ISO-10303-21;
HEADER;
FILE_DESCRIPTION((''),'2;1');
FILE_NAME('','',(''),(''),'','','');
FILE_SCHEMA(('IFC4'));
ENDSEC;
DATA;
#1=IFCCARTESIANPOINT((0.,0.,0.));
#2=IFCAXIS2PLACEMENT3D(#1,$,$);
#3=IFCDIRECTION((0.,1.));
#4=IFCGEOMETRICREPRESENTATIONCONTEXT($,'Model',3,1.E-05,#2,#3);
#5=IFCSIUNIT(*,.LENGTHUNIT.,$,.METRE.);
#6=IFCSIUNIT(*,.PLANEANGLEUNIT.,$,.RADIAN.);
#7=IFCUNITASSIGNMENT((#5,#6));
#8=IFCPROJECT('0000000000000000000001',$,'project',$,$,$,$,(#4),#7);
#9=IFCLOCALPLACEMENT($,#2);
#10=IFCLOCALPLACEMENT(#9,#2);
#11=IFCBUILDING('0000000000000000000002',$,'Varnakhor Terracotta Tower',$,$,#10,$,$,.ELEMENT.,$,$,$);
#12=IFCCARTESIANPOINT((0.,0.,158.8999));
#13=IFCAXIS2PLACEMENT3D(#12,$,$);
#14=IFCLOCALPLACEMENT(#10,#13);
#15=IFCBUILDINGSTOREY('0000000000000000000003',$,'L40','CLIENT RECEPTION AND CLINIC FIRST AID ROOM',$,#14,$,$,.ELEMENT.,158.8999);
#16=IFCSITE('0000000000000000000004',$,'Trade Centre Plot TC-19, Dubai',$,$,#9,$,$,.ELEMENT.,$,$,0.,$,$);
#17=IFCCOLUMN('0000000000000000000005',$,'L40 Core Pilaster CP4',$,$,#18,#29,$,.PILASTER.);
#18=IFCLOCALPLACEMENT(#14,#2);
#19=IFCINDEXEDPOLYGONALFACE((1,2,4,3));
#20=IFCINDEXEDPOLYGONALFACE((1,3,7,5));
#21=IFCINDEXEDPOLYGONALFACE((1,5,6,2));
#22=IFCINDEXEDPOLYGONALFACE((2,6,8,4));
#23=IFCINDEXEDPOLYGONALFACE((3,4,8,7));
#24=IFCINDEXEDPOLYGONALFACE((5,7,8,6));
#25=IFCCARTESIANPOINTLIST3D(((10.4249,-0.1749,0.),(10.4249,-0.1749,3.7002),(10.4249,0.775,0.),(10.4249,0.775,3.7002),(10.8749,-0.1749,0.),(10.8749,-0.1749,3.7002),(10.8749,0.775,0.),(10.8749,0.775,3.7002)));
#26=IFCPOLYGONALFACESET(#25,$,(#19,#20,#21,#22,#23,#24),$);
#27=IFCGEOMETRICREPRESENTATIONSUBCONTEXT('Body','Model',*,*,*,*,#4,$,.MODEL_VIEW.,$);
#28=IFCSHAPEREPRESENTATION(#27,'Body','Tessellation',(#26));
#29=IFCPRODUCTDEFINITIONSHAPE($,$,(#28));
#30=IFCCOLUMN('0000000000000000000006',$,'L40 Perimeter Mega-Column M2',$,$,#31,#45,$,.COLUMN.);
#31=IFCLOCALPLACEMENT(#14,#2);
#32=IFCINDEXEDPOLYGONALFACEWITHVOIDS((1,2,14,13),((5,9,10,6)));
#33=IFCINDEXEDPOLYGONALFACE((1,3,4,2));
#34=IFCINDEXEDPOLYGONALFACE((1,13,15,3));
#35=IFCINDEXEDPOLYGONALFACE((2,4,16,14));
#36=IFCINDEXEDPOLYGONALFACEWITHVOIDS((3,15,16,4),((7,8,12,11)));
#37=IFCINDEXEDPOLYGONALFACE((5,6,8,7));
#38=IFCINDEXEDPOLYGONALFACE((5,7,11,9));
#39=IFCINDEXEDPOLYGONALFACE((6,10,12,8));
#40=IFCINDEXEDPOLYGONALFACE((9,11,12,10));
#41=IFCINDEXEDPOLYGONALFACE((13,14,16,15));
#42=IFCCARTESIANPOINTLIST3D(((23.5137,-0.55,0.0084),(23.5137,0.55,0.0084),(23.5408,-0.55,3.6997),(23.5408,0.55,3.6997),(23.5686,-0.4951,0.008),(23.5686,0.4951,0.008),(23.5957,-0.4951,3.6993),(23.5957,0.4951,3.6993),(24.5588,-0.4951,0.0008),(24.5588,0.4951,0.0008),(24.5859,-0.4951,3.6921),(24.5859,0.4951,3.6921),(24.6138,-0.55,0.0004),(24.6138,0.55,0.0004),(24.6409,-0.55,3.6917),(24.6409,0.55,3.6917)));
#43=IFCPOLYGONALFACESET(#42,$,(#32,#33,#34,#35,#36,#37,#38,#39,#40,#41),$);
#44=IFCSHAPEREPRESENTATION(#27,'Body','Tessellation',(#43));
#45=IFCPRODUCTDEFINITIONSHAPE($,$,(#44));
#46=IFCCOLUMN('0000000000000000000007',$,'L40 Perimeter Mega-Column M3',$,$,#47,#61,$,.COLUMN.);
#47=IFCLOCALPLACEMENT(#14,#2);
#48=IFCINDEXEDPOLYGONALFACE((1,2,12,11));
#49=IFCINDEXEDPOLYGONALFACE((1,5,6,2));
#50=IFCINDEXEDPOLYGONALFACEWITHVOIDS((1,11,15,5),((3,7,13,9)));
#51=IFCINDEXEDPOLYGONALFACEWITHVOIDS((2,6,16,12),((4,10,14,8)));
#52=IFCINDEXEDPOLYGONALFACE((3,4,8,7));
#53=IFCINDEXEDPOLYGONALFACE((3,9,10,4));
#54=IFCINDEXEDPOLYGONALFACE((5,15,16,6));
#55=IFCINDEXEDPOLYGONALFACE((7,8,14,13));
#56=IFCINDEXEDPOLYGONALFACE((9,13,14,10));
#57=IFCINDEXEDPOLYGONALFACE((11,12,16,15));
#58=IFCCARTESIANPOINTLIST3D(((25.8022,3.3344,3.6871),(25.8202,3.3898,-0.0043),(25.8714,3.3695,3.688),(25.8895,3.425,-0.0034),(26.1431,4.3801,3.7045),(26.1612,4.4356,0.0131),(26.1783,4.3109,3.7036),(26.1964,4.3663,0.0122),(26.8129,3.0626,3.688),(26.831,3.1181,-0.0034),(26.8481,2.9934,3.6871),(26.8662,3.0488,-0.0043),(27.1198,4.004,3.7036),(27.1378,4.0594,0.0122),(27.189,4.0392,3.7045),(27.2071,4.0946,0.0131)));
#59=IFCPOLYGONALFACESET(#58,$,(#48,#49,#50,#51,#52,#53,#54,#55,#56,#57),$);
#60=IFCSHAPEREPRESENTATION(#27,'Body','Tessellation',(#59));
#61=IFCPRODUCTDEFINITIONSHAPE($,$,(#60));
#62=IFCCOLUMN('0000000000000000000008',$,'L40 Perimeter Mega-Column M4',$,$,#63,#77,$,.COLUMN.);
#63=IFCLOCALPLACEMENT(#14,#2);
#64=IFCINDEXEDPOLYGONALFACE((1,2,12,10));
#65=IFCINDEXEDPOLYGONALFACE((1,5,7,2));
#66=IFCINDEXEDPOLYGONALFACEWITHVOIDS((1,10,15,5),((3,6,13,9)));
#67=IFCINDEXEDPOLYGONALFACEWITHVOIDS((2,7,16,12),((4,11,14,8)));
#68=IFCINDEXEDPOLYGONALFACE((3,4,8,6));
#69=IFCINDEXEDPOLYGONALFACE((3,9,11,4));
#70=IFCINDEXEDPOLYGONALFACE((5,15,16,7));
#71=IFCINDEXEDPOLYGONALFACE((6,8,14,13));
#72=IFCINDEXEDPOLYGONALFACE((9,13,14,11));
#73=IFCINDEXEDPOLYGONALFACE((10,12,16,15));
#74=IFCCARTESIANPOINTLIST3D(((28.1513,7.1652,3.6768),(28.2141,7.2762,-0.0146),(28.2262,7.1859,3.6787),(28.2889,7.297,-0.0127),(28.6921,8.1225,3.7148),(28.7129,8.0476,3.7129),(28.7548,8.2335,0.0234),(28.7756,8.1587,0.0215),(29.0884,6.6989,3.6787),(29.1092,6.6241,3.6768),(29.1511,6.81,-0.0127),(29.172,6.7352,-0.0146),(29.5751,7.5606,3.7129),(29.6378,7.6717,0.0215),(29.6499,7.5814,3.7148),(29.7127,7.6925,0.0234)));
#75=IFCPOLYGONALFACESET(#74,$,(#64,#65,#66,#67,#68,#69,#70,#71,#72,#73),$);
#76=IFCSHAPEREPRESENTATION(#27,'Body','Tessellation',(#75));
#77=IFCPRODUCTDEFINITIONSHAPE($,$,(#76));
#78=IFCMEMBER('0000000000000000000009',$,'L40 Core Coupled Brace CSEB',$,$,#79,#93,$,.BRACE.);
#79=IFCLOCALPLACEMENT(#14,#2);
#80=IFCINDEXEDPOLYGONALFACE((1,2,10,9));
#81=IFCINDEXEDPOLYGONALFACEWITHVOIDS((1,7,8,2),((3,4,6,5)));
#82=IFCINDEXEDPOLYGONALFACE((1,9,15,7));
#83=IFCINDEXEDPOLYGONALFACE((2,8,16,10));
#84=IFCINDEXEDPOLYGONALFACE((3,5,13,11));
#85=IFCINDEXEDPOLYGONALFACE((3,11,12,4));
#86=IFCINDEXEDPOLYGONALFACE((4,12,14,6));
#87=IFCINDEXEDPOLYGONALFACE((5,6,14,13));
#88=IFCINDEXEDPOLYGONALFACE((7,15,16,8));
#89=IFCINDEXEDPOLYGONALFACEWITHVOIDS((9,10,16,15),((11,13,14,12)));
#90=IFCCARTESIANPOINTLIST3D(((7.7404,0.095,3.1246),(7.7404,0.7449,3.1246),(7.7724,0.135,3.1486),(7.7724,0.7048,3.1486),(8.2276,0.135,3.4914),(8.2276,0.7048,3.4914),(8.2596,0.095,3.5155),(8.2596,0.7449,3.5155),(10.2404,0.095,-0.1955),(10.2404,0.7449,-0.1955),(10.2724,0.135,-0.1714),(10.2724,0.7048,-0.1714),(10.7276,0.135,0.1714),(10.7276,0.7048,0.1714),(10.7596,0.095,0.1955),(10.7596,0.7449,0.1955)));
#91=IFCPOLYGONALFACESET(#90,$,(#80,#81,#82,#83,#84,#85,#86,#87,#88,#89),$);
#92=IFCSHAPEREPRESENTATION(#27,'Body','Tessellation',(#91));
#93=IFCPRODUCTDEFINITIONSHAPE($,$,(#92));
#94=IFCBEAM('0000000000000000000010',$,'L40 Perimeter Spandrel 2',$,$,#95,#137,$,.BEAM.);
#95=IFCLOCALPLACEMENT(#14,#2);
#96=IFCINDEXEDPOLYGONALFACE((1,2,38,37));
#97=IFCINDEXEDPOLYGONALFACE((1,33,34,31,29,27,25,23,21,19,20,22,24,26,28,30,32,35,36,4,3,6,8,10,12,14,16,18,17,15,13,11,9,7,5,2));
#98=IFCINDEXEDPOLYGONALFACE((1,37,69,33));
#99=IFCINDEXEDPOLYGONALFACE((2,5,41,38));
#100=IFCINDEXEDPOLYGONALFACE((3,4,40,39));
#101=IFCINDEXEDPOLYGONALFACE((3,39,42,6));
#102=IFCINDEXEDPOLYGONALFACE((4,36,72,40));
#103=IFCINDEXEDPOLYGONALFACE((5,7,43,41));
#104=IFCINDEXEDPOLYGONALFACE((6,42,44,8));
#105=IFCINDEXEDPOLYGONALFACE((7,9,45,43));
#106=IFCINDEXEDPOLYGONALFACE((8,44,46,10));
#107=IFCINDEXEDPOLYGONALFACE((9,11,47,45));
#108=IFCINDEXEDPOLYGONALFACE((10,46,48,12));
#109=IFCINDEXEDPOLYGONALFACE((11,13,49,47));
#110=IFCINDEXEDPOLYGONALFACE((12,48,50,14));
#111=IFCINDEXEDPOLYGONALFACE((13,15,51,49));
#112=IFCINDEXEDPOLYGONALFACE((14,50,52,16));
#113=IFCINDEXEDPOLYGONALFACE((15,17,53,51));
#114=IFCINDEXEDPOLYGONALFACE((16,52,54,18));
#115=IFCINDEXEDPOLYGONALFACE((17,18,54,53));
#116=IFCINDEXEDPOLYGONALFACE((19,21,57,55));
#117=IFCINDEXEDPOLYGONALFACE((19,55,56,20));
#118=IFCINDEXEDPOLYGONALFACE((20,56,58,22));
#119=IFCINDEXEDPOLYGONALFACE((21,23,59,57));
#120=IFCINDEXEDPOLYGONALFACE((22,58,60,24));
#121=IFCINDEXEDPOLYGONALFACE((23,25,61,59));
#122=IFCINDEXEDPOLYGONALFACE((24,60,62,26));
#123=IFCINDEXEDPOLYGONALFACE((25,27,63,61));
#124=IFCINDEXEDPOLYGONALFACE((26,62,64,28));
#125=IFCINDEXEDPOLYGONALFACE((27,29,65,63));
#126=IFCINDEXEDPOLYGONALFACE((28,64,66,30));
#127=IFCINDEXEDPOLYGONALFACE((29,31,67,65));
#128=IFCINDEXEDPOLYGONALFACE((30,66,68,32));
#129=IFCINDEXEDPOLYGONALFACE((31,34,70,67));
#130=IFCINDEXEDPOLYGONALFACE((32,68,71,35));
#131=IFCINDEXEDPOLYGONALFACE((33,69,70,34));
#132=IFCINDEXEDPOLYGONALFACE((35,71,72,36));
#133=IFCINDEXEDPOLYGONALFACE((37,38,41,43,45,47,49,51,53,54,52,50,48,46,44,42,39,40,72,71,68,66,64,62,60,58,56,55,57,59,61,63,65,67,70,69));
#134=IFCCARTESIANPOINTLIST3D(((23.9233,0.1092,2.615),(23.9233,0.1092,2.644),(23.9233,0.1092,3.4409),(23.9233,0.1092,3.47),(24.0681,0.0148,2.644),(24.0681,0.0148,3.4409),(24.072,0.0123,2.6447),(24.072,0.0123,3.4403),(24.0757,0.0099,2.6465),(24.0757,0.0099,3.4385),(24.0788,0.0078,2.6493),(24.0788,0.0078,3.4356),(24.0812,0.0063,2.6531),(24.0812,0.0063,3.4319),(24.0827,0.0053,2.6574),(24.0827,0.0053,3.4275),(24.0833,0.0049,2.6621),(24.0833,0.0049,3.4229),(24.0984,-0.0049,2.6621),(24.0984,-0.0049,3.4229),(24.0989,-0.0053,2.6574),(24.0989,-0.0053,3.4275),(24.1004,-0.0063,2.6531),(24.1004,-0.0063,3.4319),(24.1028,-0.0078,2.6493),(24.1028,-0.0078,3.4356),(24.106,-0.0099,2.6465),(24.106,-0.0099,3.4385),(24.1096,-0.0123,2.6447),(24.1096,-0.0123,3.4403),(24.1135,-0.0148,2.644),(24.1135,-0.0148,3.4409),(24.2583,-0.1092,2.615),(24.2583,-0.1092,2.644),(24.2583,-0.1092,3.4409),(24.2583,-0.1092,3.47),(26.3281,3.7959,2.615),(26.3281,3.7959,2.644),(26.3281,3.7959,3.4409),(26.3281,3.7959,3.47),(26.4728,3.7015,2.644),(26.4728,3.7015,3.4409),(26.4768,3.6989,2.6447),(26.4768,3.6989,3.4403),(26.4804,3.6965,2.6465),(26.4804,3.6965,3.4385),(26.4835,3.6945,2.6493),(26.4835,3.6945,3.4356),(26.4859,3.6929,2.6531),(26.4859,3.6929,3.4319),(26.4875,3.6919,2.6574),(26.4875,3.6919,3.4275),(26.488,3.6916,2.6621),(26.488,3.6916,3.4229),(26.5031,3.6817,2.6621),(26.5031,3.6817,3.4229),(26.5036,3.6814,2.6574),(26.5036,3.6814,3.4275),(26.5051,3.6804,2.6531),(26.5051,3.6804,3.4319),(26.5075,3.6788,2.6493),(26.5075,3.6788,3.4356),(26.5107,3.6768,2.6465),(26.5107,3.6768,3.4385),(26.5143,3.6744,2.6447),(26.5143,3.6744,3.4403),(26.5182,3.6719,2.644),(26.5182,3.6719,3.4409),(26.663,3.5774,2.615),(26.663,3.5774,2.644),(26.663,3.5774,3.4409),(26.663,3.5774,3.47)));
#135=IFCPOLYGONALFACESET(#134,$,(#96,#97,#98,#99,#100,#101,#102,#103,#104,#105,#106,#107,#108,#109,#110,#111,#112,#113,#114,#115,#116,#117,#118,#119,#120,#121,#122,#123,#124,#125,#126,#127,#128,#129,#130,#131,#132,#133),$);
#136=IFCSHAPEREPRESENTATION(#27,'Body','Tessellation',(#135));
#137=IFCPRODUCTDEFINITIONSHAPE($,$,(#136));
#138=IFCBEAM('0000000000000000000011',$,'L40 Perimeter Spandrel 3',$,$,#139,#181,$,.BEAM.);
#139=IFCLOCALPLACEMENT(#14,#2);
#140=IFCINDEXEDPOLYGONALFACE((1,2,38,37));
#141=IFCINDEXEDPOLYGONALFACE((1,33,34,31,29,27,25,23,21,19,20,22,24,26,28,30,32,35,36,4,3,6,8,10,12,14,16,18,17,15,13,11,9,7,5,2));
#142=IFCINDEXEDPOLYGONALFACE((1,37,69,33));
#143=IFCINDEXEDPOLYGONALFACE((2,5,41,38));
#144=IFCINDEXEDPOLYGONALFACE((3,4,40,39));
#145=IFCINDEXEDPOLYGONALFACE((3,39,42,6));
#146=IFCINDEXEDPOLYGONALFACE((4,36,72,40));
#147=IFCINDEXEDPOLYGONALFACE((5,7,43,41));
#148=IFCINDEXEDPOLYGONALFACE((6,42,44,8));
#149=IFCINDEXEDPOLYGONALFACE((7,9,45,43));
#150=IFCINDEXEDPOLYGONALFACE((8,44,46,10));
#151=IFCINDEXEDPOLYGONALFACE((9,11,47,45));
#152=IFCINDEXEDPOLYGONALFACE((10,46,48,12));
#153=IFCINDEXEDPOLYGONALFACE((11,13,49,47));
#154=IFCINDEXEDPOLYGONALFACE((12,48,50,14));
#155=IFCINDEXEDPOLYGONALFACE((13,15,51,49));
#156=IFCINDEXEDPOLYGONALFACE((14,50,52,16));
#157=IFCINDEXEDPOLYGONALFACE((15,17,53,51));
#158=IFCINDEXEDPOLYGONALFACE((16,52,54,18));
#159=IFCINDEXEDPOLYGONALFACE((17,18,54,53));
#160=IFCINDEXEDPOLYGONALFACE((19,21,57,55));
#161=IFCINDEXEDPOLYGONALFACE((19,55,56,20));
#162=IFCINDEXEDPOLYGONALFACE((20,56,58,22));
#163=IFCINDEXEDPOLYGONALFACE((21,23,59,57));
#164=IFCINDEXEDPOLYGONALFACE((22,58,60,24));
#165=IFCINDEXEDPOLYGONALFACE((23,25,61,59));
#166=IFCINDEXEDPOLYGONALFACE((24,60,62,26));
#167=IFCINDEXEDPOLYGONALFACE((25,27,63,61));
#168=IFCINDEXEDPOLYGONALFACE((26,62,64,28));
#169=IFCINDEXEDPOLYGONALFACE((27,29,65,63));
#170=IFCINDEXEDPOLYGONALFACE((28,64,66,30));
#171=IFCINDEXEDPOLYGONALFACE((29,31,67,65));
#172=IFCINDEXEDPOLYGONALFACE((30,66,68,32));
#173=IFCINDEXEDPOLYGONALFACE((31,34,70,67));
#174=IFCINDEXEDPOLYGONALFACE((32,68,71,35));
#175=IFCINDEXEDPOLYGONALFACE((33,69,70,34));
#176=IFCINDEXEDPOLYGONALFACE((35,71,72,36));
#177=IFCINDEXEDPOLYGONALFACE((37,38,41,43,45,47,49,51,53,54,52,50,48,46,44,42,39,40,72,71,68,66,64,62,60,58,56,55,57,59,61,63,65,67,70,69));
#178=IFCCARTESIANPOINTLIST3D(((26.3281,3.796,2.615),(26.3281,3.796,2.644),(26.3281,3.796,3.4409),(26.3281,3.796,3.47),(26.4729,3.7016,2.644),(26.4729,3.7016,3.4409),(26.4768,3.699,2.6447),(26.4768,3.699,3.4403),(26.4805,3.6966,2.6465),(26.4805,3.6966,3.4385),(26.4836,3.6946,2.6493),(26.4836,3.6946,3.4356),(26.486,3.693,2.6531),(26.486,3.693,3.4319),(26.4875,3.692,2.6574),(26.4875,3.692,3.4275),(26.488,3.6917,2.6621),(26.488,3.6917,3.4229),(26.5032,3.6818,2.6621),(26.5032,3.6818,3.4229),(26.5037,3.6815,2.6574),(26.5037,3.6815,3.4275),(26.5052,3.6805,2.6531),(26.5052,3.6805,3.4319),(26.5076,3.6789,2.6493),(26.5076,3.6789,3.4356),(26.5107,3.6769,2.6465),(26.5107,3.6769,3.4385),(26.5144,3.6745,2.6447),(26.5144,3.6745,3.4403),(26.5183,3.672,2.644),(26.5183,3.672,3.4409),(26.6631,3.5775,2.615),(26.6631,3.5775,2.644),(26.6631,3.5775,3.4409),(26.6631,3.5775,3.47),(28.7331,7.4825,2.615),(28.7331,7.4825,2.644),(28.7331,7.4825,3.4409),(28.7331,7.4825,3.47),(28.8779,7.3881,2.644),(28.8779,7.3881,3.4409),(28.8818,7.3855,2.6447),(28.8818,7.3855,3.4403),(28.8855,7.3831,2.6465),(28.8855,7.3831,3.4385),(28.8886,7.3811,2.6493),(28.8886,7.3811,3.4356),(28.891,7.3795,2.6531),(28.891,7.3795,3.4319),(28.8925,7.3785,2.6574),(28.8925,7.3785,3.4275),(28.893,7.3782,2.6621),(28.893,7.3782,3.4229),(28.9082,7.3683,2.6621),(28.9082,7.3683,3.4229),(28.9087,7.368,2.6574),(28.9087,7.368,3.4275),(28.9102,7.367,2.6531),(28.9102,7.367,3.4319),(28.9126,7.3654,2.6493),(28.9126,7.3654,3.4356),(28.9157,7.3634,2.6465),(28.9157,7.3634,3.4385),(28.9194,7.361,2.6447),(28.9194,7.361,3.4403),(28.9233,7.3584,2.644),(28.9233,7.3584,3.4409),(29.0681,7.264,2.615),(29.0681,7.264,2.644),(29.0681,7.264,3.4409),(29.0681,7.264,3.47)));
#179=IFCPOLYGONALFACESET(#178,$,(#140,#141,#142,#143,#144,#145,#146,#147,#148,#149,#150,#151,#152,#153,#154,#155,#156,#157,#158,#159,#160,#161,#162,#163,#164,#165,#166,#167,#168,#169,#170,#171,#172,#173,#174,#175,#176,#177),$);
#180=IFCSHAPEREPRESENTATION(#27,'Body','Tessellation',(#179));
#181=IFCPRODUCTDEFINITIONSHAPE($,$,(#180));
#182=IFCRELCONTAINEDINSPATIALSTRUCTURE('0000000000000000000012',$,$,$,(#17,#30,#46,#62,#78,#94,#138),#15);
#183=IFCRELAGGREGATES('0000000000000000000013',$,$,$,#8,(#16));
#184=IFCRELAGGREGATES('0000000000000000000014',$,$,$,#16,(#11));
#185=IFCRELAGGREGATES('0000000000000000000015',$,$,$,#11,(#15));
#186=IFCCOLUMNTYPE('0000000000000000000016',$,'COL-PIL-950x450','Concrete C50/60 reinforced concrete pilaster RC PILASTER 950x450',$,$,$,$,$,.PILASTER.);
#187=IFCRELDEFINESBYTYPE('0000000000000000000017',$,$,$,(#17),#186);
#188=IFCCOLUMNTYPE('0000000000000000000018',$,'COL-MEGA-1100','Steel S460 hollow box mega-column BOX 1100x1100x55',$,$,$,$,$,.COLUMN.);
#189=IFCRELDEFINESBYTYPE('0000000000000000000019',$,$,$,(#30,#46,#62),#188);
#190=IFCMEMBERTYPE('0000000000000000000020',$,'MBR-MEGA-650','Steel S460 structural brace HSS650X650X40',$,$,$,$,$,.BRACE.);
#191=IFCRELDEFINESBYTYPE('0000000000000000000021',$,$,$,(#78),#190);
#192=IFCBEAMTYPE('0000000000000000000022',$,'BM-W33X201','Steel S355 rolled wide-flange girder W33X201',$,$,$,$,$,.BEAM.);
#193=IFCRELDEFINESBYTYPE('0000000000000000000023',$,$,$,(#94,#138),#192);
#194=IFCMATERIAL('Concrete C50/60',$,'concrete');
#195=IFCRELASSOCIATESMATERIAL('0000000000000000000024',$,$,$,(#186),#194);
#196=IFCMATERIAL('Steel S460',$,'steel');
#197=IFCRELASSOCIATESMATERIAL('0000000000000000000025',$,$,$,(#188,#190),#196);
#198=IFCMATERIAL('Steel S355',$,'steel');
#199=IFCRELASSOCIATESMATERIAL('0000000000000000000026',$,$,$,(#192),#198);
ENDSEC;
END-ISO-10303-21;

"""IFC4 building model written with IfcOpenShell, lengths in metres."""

from ifc_helpers import new_model, si_unit, direction, frame, origin, origin_2d, place, context, subcontext, project, spatial, rectangle, hollow_rectangle, i_section, extrude, source, transform, mapped, material, material_profile, profile_set, type_object, element, save


model = new_model("IFC4")

# Units and contexts
model_context = context("Model", 3, precision=1e-05, world=origin(), true_north=direction((0.0, 1.0)))
body_context = subcontext(model_context, "Body", "Model", "MODEL_VIEW")
ifc_project = project(units=[si_unit("LENGTHUNIT", "METRE"), si_unit("PLANEANGLEUNIT", "RADIAN")], contexts=[model_context])

# Site, building, storey
site_placement = place(None, origin())
site = spatial("IfcSite", under=ifc_project, at=site_placement, Name="Trade Centre Plot TC-19, Dubai", CompositionType="ELEMENT", RefElevation=0.0)
building_placement = place(site_placement, origin())
building = spatial("IfcBuilding", under=site, at=building_placement, Name="Varnakhor Terracotta Tower", CompositionType="ELEMENT")
storey_placement = place(building_placement, frame((0.0, 0.0, 158.8999)))
storey = spatial("IfcBuildingStorey", under=building, at=storey_placement, Name="L40", Description="CLIENT RECEPTION AND CLINIC FIRST AID ROOM", CompositionType="ELEMENT", Elevation=158.8999)

# Columns
ifc_material_1 = material(Name="Concrete C50/60", Category="concrete")
ifc_material_profile_1 = material_profile(ifc_material_1, rectangle(XDim=0.45, YDim=0.95, at=origin_2d()), Name="RC PILASTER 950x450")
ifc_profile_set_1 = profile_set([ifc_material_profile_1], Name="Concrete C50/60")
column_type_1 = type_object("IfcColumnType", Name="COL-PIL-950x450", Description="Concrete C50/60 reinforced concrete pilaster RC PILASTER 950x450", PredefinedType="PILASTER", material=ifc_profile_set_1)
shared_shape_1 = source(origin(), body_context, "Body", "SweptSolid", [
    extrude(rectangle(XDim=0.45, YDim=0.95, at=origin_2d()), origin(), (0.0, 0.0, 1.0), 3.7002),
])
column_1_placement = place(storey_placement, frame((10.6499, 0.3, 0.0), z_axis=(0.0, 0.0, 1.0), x_axis=(1.0, 0.0, 0.0)))
element("IfcColumn", 1, at=column_1_placement, inside=storey, type_object=column_type_1, Name="L40 Core Pilaster CP4", PredefinedType="PILASTER", context=body_context, shape_type="MappedRepresentation", body=[
    mapped(shared_shape_1, transform((0.0, 0.0, 0.0), scale=1.0)),
])
ifc_material_2 = material(Name="Steel S460", Category="steel")
ifc_material_profile_2 = material_profile(ifc_material_2, hollow_rectangle(XDim=1.1001, YDim=1.1001, WallThickness=0.0549, at=origin_2d()), Name="BOX 1100x1100x55")
ifc_profile_set_2 = profile_set([ifc_material_profile_2], Name="Steel S460")
column_type_2 = type_object("IfcColumnType", Name="COL-MEGA-1100", Description="Steel S460 hollow box mega-column BOX 1100x1100x55", PredefinedType="COLUMN", material=ifc_profile_set_2)
shared_shape_2 = source(origin(), body_context, "Body", "SweptSolid", [
    extrude(hollow_rectangle(XDim=1.1001, YDim=1.1001, WallThickness=0.0549, at=origin_2d()), origin(), (0.0, 0.0, 1.0), 3.6914),
])
column_2_placement = place(storey_placement, frame((24.0637, 0.0, 0.0044), z_axis=(0.007341, 0.0, 0.999973), x_axis=(0.0, 1.0, 0.0)))
element("IfcColumn", 2, at=column_2_placement, inside=storey, type_object=column_type_2, Name="L40 Perimeter Mega-Column M2", PredefinedType="COLUMN", context=body_context, shape_type="MappedRepresentation", body=[
    mapped(shared_shape_2, transform((0.0, 0.0, 0.0), scale=1.0)),
])
shared_shape_3 = source(origin(), body_context, "Body", "SweptSolid", [
    extrude(hollow_rectangle(XDim=1.1001, YDim=1.1001, WallThickness=0.0549, at=origin_2d()), origin(), (0.0, 0.0, 1.0), 3.6919),
])
column_3_placement = place(storey_placement, frame((26.5137, 3.7422, 0.0044), z_axis=(-0.004894, -0.015011, 0.999875), x_axis=(0.950757, -0.309938, 0.0)))
element("IfcColumn", 3, at=column_3_placement, inside=storey, type_object=column_type_2, Name="L40 Perimeter Mega-Column M3", PredefinedType="COLUMN", context=body_context, shape_type="MappedRepresentation", body=[
    mapped(shared_shape_3, transform((0.0, 0.0, 0.0), scale=1.0)),
])
shared_shape_4 = source(origin(), body_context, "Body", "SweptSolid", [
    extrude(hollow_rectangle(XDim=1.1001, YDim=1.1001, WallThickness=0.0549, at=origin_2d()), origin(), (0.0, 0.0, 1.0), 3.6936),
])
column_4_placement = place(storey_placement, frame((28.9634, 7.4844, 0.0044), z_axis=(-0.016987, -0.030075, 0.999403), x_axis=(0.870705, -0.491805, 0.0)))
element("IfcColumn", 4, at=column_4_placement, inside=storey, type_object=column_type_2, Name="L40 Perimeter Mega-Column M4", PredefinedType="COLUMN", context=body_context, shape_type="MappedRepresentation", body=[
    mapped(shared_shape_4, transform((0.0, 0.0, 0.0), scale=1.0)),
])

# Member
ifc_material_profile_3 = material_profile(ifc_material_2, hollow_rectangle(XDim=0.6499, YDim=0.6499, WallThickness=0.04, at=origin_2d()), Name="HSS650X650X40")
ifc_profile_set_3 = profile_set([ifc_material_profile_3], Name="Steel S460")
member_type_1 = type_object("IfcMemberType", Name="MBR-MEGA-650", Description="Steel S460 structural brace HSS650X650X40", PredefinedType="BRACE", material=ifc_profile_set_3)
shared_shape_5 = source(origin(), body_context, "Body", "SweptSolid", [
    extrude(hollow_rectangle(XDim=0.6499, YDim=0.6499, WallThickness=0.04, at=origin_2d()), origin(), (0.0, 0.0, 1.0), 4.156),
])
member_1_placement = place(storey_placement, frame((10.5, 0.4199, 0.0), z_axis=(-0.601531, 0.0, 0.79885), x_axis=(0.0, -1.0, 0.0)))
element("IfcMember", 5, at=member_1_placement, inside=storey, type_object=member_type_1, Name="L40 Core Coupled Brace CSEB", PredefinedType="BRACE", context=body_context, shape_type="MappedRepresentation", body=[
    mapped(shared_shape_5, transform((0.0, 0.0, 0.0), scale=1.0)),
])

# Beams
ifc_material_3 = material(Name="Steel S355", Category="steel")
ifc_material_profile_4 = material_profile(ifc_material_3, i_section(OverallWidth=0.3999, OverallDepth=0.855, WebThickness=0.0181, FlangeThickness=0.0291, FilletRadius=0.0181, at=origin_2d()), Name="W33X201")
ifc_profile_set_4 = profile_set([ifc_material_profile_4], Name="Steel S355")
beam_type_1 = type_object("IfcBeamType", Name="BM-W33X201", Description="Steel S355 rolled wide-flange girder W33X201", PredefinedType="BEAM", material=ifc_profile_set_4)
shared_shape_6 = source(origin(), body_context, "Body", "SweptSolid", [
    extrude(i_section(OverallWidth=0.3999, OverallDepth=0.855, WebThickness=0.0181, FlangeThickness=0.0291, FilletRadius=0.0181, at=origin_2d()), origin(), (0.0, 0.0, 1.0), 4.4016),
])
for number, where, z_axis, x_axis, name in (
    (6, (24.0908, 0.0, 3.0425), (0.546327, 0.837572, 0.0), (-0.837572, 0.546327, 0.0), "L40 Perimeter Spandrel 2"),
    (7, (26.4956, 3.6868, 3.0425), (0.546391, 0.83753, 0.0), (-0.83753, 0.546391, 0.0), "L40 Perimeter Spandrel 3"),
):
    element("IfcBeam", number, at=place(storey_placement, frame(where, z_axis=z_axis, x_axis=x_axis)), inside=storey, type_object=beam_type_1, Name=name, PredefinedType="BEAM", context=body_context, shape_type="MappedRepresentation", body=[
        mapped(shared_shape_6, transform((0.0, 0.0, 0.0), scale=1.0)),
    ])

save(model, "model.ifc")
